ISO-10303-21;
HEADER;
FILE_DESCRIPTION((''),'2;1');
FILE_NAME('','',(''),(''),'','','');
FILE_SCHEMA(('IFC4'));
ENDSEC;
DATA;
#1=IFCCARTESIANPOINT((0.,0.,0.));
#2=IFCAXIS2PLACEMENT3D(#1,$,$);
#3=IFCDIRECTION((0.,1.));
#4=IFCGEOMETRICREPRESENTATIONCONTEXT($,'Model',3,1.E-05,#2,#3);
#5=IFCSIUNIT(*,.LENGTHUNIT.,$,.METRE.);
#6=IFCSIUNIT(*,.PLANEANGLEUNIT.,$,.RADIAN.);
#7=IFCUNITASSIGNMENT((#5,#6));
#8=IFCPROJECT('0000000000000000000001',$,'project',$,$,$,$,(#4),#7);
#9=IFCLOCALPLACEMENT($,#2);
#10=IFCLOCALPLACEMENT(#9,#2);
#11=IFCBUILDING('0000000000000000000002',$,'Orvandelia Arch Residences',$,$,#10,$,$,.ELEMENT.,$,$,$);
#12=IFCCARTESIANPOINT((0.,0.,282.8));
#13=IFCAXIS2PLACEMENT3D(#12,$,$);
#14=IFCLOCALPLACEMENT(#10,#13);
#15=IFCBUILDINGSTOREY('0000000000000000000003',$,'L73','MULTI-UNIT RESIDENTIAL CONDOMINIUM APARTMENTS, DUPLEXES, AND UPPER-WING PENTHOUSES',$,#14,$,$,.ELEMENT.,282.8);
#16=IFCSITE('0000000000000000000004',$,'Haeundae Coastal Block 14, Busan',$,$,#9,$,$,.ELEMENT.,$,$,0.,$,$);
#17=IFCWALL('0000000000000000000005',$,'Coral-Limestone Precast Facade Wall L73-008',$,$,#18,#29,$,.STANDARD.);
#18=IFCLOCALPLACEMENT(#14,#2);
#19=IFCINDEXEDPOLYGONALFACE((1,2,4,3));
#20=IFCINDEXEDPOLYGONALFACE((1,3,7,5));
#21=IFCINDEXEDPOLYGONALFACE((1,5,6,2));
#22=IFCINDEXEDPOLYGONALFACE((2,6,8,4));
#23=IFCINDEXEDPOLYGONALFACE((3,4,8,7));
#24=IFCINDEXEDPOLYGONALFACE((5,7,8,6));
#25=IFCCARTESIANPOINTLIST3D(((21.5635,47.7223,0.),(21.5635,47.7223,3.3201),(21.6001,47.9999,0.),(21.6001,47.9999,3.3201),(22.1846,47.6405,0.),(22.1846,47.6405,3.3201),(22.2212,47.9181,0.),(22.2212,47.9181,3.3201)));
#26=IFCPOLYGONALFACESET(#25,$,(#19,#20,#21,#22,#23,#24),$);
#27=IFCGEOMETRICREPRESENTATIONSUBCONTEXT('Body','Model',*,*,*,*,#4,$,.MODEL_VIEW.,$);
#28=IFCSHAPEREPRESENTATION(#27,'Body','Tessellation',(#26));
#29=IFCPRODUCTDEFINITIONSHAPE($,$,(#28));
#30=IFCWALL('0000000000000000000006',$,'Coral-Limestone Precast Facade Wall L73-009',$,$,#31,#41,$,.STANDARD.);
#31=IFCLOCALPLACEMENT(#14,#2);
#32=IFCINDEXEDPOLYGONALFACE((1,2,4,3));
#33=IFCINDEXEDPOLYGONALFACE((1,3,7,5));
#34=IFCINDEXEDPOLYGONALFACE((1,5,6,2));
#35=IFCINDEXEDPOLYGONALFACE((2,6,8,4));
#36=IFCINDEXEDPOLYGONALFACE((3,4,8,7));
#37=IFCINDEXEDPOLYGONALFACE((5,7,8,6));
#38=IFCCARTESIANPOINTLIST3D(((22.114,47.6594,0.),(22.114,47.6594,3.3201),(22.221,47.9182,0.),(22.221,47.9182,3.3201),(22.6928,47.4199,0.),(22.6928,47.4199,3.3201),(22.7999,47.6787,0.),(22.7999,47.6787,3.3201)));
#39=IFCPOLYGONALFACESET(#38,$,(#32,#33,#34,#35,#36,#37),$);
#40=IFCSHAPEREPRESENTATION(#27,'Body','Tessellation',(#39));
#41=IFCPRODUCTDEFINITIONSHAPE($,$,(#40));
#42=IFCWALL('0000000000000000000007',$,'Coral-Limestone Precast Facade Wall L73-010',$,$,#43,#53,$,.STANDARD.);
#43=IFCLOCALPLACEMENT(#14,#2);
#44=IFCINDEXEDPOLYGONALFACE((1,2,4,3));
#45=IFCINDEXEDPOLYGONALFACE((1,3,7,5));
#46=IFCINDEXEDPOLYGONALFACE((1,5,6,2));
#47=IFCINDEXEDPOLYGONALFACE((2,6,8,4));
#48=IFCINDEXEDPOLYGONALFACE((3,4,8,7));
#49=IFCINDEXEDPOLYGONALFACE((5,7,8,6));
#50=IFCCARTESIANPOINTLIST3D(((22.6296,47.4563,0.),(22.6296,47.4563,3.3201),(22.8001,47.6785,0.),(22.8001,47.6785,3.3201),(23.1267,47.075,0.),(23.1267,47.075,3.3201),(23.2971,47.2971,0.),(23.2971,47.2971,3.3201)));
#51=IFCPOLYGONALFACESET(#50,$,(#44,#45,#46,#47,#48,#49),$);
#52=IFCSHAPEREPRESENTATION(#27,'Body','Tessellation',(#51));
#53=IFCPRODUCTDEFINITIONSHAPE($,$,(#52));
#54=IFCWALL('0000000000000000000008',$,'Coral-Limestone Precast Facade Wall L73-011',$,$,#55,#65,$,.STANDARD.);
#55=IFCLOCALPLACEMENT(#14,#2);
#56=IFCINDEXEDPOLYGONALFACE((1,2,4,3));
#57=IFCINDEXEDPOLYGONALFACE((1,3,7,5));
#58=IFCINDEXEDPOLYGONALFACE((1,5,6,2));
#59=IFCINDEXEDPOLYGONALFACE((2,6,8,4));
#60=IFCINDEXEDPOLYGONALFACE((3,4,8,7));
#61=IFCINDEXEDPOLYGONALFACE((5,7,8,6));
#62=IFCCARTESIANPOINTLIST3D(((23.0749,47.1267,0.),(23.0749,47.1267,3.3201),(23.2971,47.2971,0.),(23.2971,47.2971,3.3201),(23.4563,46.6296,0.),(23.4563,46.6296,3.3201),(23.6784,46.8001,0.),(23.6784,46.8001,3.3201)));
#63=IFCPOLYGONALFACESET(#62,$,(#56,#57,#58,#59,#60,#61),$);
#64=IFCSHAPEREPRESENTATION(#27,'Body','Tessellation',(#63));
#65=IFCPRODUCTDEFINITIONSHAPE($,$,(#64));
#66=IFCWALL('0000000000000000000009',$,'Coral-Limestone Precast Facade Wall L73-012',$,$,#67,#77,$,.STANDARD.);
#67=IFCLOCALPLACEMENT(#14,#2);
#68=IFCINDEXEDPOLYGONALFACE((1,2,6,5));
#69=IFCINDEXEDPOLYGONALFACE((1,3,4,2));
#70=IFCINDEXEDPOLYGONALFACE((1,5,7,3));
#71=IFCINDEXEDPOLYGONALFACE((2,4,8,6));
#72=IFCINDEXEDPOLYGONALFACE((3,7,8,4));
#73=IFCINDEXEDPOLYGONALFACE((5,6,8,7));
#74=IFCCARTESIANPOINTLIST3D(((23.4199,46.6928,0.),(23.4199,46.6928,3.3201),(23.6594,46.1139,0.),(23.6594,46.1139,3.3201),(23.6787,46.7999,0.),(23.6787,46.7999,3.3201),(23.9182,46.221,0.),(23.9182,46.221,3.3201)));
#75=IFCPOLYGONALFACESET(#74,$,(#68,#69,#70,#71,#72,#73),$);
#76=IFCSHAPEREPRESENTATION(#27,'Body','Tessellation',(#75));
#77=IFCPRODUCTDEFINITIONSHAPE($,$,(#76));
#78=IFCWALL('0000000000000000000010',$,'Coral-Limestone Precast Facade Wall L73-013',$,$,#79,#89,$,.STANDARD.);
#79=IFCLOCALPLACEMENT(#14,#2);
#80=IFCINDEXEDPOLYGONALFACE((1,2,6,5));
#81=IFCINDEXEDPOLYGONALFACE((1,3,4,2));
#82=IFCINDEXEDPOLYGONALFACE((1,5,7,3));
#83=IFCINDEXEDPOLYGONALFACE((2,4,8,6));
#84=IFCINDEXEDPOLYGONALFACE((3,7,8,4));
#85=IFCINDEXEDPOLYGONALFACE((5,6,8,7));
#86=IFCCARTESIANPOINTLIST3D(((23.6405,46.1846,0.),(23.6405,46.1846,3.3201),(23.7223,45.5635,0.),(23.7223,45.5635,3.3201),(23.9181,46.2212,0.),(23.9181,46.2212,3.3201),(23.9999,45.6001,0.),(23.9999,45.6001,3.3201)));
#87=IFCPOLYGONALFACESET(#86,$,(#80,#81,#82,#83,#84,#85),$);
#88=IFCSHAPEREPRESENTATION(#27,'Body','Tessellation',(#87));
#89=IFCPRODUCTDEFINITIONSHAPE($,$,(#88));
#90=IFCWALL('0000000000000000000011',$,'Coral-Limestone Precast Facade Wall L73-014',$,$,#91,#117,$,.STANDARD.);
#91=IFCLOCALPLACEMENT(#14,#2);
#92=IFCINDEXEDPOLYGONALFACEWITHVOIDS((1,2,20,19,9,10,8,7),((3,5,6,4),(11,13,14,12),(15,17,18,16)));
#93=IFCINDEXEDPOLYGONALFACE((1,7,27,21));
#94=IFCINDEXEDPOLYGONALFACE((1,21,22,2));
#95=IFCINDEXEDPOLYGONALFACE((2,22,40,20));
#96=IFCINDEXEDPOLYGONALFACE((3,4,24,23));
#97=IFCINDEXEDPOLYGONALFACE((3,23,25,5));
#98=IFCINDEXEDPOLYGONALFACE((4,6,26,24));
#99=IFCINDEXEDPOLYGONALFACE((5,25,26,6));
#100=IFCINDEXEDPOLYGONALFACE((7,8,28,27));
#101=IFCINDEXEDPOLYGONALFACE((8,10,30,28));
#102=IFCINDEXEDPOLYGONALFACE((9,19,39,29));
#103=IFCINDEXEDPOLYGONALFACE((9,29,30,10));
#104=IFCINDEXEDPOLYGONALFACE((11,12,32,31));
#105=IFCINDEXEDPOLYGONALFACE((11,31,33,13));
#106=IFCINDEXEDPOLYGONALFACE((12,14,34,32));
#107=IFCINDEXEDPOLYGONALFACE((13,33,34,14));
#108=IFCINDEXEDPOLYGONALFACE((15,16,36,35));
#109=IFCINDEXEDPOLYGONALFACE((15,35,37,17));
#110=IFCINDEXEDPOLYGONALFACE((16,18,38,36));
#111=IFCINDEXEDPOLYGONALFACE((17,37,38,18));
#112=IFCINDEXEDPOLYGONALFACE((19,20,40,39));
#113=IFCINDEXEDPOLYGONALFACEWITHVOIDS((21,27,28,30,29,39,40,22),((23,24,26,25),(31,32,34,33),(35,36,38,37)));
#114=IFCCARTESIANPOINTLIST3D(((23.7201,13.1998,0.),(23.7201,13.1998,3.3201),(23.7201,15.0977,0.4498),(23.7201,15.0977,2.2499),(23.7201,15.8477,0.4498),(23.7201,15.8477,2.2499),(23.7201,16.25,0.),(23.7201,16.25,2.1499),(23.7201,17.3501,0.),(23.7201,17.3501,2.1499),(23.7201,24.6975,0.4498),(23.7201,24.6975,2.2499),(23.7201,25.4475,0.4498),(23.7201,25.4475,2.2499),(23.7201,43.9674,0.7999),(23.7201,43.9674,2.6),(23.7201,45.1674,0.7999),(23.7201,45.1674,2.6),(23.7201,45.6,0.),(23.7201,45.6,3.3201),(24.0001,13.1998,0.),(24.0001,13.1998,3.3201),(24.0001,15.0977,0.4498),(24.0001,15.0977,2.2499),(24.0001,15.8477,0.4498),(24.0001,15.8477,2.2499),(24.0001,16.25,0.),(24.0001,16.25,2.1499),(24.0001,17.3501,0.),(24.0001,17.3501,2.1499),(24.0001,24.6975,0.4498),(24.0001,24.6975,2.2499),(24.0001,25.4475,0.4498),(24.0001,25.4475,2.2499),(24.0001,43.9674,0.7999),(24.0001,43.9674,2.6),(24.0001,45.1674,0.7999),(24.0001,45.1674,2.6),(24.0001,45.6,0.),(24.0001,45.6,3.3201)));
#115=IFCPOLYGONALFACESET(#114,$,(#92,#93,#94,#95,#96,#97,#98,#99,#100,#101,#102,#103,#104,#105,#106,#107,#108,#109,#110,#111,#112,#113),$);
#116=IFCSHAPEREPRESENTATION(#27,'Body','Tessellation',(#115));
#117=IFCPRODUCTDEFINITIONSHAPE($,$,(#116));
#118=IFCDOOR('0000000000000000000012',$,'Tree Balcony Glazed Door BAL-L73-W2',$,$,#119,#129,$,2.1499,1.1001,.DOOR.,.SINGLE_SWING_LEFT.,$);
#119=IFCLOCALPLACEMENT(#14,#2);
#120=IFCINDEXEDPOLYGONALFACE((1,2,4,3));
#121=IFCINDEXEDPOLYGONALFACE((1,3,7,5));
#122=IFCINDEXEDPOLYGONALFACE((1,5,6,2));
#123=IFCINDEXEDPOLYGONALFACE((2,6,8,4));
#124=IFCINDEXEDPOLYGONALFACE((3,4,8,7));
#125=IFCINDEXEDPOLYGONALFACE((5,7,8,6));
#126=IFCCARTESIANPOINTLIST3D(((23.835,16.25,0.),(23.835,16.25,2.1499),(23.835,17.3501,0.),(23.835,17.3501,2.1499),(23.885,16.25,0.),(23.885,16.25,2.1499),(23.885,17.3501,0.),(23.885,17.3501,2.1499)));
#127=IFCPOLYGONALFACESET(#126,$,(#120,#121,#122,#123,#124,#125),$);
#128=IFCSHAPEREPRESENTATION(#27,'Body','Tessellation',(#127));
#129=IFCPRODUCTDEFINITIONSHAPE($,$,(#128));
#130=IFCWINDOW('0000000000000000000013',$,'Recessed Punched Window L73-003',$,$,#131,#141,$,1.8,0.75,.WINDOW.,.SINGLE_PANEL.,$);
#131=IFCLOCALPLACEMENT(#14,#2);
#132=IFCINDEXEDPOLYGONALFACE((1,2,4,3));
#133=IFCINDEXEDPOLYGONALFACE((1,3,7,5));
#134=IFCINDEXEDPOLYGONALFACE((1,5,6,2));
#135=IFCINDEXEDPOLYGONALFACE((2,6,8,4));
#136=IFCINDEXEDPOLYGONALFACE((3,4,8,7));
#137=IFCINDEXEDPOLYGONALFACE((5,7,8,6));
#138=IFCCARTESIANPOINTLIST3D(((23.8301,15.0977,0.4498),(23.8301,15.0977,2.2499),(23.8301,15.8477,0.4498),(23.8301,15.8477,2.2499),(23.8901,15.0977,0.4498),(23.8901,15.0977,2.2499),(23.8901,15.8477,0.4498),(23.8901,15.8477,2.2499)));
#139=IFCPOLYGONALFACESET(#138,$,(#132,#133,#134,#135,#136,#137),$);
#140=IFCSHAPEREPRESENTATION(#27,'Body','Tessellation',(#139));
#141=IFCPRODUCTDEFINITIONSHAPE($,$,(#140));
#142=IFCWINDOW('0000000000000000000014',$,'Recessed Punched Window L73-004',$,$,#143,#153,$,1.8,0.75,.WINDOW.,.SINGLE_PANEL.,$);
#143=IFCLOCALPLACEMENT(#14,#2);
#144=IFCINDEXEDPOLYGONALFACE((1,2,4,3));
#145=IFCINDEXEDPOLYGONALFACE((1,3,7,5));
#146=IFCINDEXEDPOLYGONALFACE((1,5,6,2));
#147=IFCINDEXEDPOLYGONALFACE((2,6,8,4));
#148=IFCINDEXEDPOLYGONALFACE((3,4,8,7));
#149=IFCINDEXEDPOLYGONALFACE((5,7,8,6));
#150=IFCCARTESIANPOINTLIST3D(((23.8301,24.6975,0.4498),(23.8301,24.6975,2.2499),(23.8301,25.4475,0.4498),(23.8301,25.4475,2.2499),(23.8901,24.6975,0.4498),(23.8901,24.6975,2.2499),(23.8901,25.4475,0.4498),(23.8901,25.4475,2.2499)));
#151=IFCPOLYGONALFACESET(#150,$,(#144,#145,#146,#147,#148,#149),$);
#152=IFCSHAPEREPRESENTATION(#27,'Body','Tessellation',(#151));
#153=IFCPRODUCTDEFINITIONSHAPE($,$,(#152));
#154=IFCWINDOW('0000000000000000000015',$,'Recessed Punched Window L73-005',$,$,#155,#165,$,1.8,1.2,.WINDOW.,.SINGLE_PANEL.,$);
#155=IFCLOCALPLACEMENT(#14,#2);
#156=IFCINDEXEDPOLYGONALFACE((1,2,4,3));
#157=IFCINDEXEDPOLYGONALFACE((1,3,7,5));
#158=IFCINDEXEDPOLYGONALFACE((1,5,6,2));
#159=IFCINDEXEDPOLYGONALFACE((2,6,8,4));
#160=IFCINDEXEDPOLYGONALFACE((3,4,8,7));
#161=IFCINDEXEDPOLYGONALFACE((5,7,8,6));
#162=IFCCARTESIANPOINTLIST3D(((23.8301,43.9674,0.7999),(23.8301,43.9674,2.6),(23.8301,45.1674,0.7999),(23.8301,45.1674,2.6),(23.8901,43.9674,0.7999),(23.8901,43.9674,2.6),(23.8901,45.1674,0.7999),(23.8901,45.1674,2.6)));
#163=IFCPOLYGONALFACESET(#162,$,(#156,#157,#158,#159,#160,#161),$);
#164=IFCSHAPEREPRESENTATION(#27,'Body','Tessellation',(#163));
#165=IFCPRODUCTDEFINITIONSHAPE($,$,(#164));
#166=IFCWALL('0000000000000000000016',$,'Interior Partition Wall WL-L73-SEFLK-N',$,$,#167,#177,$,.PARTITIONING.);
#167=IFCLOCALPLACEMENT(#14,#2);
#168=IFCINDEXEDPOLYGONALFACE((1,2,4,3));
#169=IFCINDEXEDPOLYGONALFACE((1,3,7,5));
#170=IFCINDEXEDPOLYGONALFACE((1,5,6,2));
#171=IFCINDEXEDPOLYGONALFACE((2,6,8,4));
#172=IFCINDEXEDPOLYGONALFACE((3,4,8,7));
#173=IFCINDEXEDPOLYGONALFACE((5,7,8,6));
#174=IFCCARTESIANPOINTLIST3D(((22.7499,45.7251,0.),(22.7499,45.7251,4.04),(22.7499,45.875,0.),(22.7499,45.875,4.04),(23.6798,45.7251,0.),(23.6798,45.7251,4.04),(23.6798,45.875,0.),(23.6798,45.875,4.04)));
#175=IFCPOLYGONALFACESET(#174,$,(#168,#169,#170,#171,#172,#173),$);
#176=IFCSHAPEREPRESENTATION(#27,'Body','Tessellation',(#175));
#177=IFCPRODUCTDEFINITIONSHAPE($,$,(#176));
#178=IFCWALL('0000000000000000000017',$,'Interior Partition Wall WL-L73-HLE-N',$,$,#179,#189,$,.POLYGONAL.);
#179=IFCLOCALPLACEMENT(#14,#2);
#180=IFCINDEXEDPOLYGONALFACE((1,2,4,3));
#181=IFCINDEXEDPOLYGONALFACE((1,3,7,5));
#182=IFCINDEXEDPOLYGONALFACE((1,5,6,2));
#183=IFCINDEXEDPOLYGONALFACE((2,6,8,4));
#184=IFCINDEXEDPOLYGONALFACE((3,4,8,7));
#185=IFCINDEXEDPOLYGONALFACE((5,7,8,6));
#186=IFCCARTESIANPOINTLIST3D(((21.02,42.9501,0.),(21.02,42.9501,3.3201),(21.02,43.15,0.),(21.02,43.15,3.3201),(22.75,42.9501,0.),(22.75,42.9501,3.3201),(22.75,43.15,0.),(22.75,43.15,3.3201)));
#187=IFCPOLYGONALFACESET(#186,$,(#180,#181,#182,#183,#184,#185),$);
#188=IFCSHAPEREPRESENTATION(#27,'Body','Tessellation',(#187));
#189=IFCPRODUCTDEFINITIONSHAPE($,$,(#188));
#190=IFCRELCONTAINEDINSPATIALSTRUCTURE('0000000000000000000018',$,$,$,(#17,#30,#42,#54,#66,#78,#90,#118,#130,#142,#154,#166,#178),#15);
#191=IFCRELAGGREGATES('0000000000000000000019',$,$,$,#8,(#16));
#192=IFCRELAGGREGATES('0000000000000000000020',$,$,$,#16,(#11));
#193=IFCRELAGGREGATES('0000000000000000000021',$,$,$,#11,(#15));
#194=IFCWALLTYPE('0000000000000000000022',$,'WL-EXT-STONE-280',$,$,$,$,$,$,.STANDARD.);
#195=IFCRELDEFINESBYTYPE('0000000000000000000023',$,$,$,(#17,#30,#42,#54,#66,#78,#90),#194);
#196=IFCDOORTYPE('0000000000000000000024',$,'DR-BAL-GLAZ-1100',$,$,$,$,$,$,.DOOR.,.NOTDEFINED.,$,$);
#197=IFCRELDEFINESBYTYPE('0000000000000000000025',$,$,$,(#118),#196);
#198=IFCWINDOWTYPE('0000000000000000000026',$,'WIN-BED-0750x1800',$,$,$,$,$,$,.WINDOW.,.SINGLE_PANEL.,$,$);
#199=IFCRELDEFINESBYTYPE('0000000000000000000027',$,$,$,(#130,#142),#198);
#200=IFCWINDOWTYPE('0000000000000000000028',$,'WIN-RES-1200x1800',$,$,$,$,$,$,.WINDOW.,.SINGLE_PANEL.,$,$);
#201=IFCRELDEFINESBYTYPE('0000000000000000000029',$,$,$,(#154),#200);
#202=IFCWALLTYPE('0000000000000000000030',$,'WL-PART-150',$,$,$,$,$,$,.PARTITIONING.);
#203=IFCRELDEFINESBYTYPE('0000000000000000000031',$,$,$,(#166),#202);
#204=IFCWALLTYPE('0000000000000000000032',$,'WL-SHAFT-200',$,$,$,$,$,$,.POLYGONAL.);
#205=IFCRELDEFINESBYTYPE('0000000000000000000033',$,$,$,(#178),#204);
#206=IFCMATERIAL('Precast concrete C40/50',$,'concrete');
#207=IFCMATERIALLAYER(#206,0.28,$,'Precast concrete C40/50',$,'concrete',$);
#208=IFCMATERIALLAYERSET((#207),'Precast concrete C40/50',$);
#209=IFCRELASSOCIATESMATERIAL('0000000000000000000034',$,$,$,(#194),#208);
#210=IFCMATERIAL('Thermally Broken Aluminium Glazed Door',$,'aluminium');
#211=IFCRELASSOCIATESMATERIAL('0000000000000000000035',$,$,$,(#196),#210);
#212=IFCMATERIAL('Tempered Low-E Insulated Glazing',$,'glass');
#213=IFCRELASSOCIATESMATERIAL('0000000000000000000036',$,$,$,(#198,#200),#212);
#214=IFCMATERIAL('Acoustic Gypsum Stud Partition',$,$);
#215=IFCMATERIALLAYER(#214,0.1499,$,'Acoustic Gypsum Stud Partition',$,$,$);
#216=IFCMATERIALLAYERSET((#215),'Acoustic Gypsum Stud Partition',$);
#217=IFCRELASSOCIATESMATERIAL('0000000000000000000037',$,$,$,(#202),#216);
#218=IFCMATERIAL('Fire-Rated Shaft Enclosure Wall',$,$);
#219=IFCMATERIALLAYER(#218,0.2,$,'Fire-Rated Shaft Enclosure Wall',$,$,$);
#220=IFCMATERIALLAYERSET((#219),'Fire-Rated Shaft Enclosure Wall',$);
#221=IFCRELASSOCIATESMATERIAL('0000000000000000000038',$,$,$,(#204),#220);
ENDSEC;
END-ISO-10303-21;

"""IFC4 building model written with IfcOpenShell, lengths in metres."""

from ifc_helpers import new_model, si_unit, direction, frame, frame_2d, origin, place, context, subcontext, project, spatial, rectangle, extrude, material, layer, layer_set, type_object, element, fill, save


model = new_model("IFC4")

# Units and contexts
model_context = context("Model", 3, precision=1e-05, world=origin(), true_north=direction((0.0, 1.0)))
body_context = subcontext(model_context, "Body", "Model", "MODEL_VIEW")
ifc_project = project(units=[si_unit("LENGTHUNIT", "METRE"), si_unit("PLANEANGLEUNIT", "RADIAN")], contexts=[model_context])

# Site, building, storey
site_placement = place(None, origin())
site = spatial("IfcSite", under=ifc_project, at=site_placement, Name="Haeundae Coastal Block 14, Busan", CompositionType="ELEMENT", RefElevation=0.0)
building_placement = place(site_placement, origin())
building = spatial("IfcBuilding", under=site, at=building_placement, Name="Orvandelia Arch Residences", CompositionType="ELEMENT")
storey_placement = place(building_placement, frame((0.0, 0.0, 282.8)))
storey = spatial("IfcBuildingStorey", under=building, at=storey_placement, Name="L73", Description="MULTI-UNIT RESIDENTIAL CONDOMINIUM APARTMENTS, DUPLEXES, AND UPPER-WING PENTHOUSES", CompositionType="ELEMENT", Elevation=282.8)

# Walls
ifc_material_1 = material(Name="Precast concrete C40/50", Category="concrete")
ifc_layer_1 = layer(ifc_material_1, 0.28, Name="Precast concrete C40/50", Category="concrete")
ifc_layer_set_1 = layer_set([ifc_layer_1], Name="Precast concrete C40/50")
wall_type_1 = type_object("IfcWallType", Name="WL-EXT-STONE-280", PredefinedType="STANDARD", material=ifc_layer_set_1)
for number, where, z_axis, x_axis, name in (
    (1, (21.5818, 47.8611, 0.0), (0.0, 0.0, 1.0), (0.991441, -0.130555, 0.0), "Coral-Limestone Precast Facade Wall L73-008"),
    (2, (22.1675, 47.7888, 0.0), (0.0, 0.0, 1.0), (0.924031, -0.382317, 0.0), "Coral-Limestone Precast Facade Wall L73-009"),
    (3, (22.7148, 47.5674, 0.0), (0.0, 0.0, 1.0), (0.793406, -0.608693, 0.0), "Coral-Limestone Precast Facade Wall L73-010"),
    (4, (23.186, 47.2119, 0.0), (0.0, 0.0, 1.0), (0.608693, -0.793406, 0.0), "Coral-Limestone Precast Facade Wall L73-011"),
    (5, (23.5493, 46.7463, 0.0), (0.0, 0.0, 1.0), (0.382317, -0.924031, 0.0), "Coral-Limestone Precast Facade Wall L73-012"),
    (6, (23.7793, 46.2029, 0.0), (0.0, 0.0, 1.0), (0.130555, -0.991441, 0.0), "Coral-Limestone Precast Facade Wall L73-013"),
):
    element("IfcWall", number, at=place(storey_placement, frame(where, z_axis=z_axis, x_axis=x_axis)), inside=storey, type_object=wall_type_1, Name=name, PredefinedType="STANDARD", context=body_context, shape_type="SweptSolid", body=[
        extrude(rectangle(XDim=0.6265, YDim=0.28, at=frame_2d((0.3132, 0.0))), origin(), (0.0, 0.0, 1.0), 3.3201),
    ])

# Wall, openings, door, windows
wall_1_placement = place(storey_placement, frame((23.8601, 45.6001, 0.0), z_axis=(0.0, 0.0, 1.0), x_axis=(0.0, -1.0, 0.0)))
wall_1 = element("IfcWall", 7, at=wall_1_placement, inside=storey, type_object=wall_type_1, Name="Coral-Limestone Precast Facade Wall L73-014", PredefinedType="STANDARD", context=body_context, shape_type="SweptSolid", body=[
    extrude(rectangle(XDim=32.4001, YDim=0.28, at=frame_2d((16.2002, 0.0))), origin(), (0.0, 0.0, 1.0), 3.3201),
])
opening_1_placement = place(wall_1_placement, frame((28.25, 0.0, 0.0)))
opening_1 = element("IfcOpeningElement", 8, at=opening_1_placement, cuts=wall_1, PredefinedType="OPENING", context=body_context, shape_type="SweptSolid", body=[
    extrude(rectangle(XDim=1.1001, YDim=2.1499, at=frame_2d((0.55, 1.075))), frame((0.0, 0.1499, 0.0), z_axis=(0.0, -1.0, 0.0), x_axis=(1.0, 0.0, 0.0)), (0.0, 0.0, 1.0), 0.3),
])
opening_2_placement = place(wall_1_placement, frame((29.7524, 0.0, 0.45)))
opening_2 = element("IfcOpeningElement", 9, at=opening_2_placement, cuts=wall_1, PredefinedType="OPENING", context=body_context, shape_type="SweptSolid", body=[
    extrude(rectangle(XDim=0.75, YDim=1.8, at=frame_2d((0.375, 0.8999))), frame((0.0, 0.1499, 0.0), z_axis=(0.0, -1.0, 0.0), x_axis=(1.0, 0.0, 0.0)), (0.0, 0.0, 1.0), 0.3),
])
opening_3_placement = place(wall_1_placement, frame((20.1526, 0.0, 0.45)))
opening_3 = element("IfcOpeningElement", 10, at=opening_3_placement, cuts=wall_1, PredefinedType="OPENING", context=body_context, shape_type="SweptSolid", body=[
    extrude(rectangle(XDim=0.75, YDim=1.8, at=frame_2d((0.375, 0.8999))), frame((0.0, 0.1499, 0.0), z_axis=(0.0, -1.0, 0.0), x_axis=(1.0, 0.0, 0.0)), (0.0, 0.0, 1.0), 0.3),
])
opening_4_placement = place(wall_1_placement, frame((0.4326, 0.0, 0.8)))
opening_4 = element("IfcOpeningElement", 11, at=opening_4_placement, cuts=wall_1, PredefinedType="OPENING", context=body_context, shape_type="SweptSolid", body=[
    extrude(rectangle(XDim=1.2, YDim=1.8, at=frame_2d((0.6001, 0.8999))), frame((0.0, 0.1499, 0.0), z_axis=(0.0, -1.0, 0.0), x_axis=(1.0, 0.0, 0.0)), (0.0, 0.0, 1.0), 0.3),
])
ifc_material_2 = material(Name="Thermally Broken Aluminium Glazed Door", Category="aluminium")
door_type_1 = type_object("IfcDoorType", Name="DR-BAL-GLAZ-1100", OperationType="NOTDEFINED", PredefinedType="DOOR", material=ifc_material_2)
door_1_placement = place(opening_1_placement, origin())
door_1 = element("IfcDoor", 12, at=door_1_placement, inside=storey, type_object=door_type_1, Name="Tree Balcony Glazed Door BAL-L73-W2", OperationType="SINGLE_SWING_LEFT", OverallHeight=2.1499, OverallWidth=1.1001, PredefinedType="DOOR", context=body_context, shape_type="SweptSolid", body=[
    extrude(rectangle(XDim=1.1001, YDim=2.1499, at=frame_2d((0.55, 1.075))), frame((0.0, 0.0249, 0.0), z_axis=(0.0, -1.0, 0.0), x_axis=(1.0, 0.0, 0.0)), (0.0, 0.0, 1.0), 0.05),
])
fill(opening_1, door_1)
ifc_material_3 = material(Name="Tempered Low-E Insulated Glazing", Category="glass")
window_type_1 = type_object("IfcWindowType", Name="WIN-BED-0750x1800", PartitioningType="SINGLE_PANEL", PredefinedType="WINDOW", material=ifc_material_3)
window_1_placement = place(opening_2_placement, origin())
window_1 = element("IfcWindow", 13, at=window_1_placement, inside=storey, type_object=window_type_1, Name="Recessed Punched Window L73-003", OverallHeight=1.8, OverallWidth=0.75, PartitioningType="SINGLE_PANEL", PredefinedType="WINDOW", context=body_context, shape_type="SweptSolid", body=[
    extrude(rectangle(XDim=0.75, YDim=1.8, at=frame_2d((0.375, 0.8999))), frame((0.0, 0.03, 0.0), z_axis=(0.0, -1.0, 0.0), x_axis=(1.0, 0.0, 0.0)), (0.0, 0.0, 1.0), 0.0601),
])
fill(opening_2, window_1)
window_2_placement = place(opening_3_placement, origin())
window_2 = element("IfcWindow", 14, at=window_2_placement, inside=storey, type_object=window_type_1, Name="Recessed Punched Window L73-004", OverallHeight=1.8, OverallWidth=0.75, PartitioningType="SINGLE_PANEL", PredefinedType="WINDOW", context=body_context, shape_type="SweptSolid", body=[
    extrude(rectangle(XDim=0.75, YDim=1.8, at=frame_2d((0.375, 0.8999))), frame((0.0, 0.03, 0.0), z_axis=(0.0, -1.0, 0.0), x_axis=(1.0, 0.0, 0.0)), (0.0, 0.0, 1.0), 0.0601),
])
fill(opening_3, window_2)
window_type_2 = type_object("IfcWindowType", Name="WIN-RES-1200x1800", PartitioningType="SINGLE_PANEL", PredefinedType="WINDOW", material=ifc_material_3)
window_3_placement = place(opening_4_placement, origin())
window_3 = element("IfcWindow", 15, at=window_3_placement, inside=storey, type_object=window_type_2, Name="Recessed Punched Window L73-005", OverallHeight=1.8, OverallWidth=1.2, PartitioningType="SINGLE_PANEL", PredefinedType="WINDOW", context=body_context, shape_type="SweptSolid", body=[
    extrude(rectangle(XDim=1.2, YDim=1.8, at=frame_2d((0.6001, 0.8999))), frame((0.0, 0.03, 0.0), z_axis=(0.0, -1.0, 0.0), x_axis=(1.0, 0.0, 0.0)), (0.0, 0.0, 1.0), 0.0601),
])
fill(opening_4, window_3)

# Walls
ifc_material_4 = material(Name="Acoustic Gypsum Stud Partition")
ifc_layer_2 = layer(ifc_material_4, 0.1499, Name="Acoustic Gypsum Stud Partition")
ifc_layer_set_2 = layer_set([ifc_layer_2], Name="Acoustic Gypsum Stud Partition")
wall_type_2 = type_object("IfcWallType", Name="WL-PART-150", PredefinedType="PARTITIONING", material=ifc_layer_set_2)
wall_2_placement = place(storey_placement, frame((22.75, 45.8, 0.0), z_axis=(0.0, 0.0, 1.0), x_axis=(1.0, 0.0, 0.0)))
element("IfcWall", 16, at=wall_2_placement, inside=storey, type_object=wall_type_2, Name="Interior Partition Wall WL-L73-SEFLK-N", PredefinedType="PARTITIONING", context=body_context, shape_type="SweptSolid", body=[
    extrude(rectangle(XDim=0.9299, YDim=0.1499, at=frame_2d((0.4648, 0.0))), origin(), (0.0, 0.0, 1.0), 4.04),
])
ifc_material_5 = material(Name="Fire-Rated Shaft Enclosure Wall")
ifc_layer_3 = layer(ifc_material_5, 0.2, Name="Fire-Rated Shaft Enclosure Wall")
ifc_layer_set_3 = layer_set([ifc_layer_3], Name="Fire-Rated Shaft Enclosure Wall")
wall_type_3 = type_object("IfcWallType", Name="WL-SHAFT-200", PredefinedType="POLYGONAL", material=ifc_layer_set_3)
wall_3_placement = place(storey_placement, frame((21.02, 43.05, 0.0), z_axis=(0.0, 0.0, 1.0), x_axis=(1.0, 0.0, 0.0)))
element("IfcWall", 17, at=wall_3_placement, inside=storey, type_object=wall_type_3, Name="Interior Partition Wall WL-L73-HLE-N", PredefinedType="POLYGONAL", context=body_context, shape_type="SweptSolid", body=[
    extrude(rectangle(XDim=1.73, YDim=0.2, at=frame_2d((0.865, 0.0))), origin(), (0.0, 0.0, 1.0), 3.3201),
])

save(model, "model.ifc")
